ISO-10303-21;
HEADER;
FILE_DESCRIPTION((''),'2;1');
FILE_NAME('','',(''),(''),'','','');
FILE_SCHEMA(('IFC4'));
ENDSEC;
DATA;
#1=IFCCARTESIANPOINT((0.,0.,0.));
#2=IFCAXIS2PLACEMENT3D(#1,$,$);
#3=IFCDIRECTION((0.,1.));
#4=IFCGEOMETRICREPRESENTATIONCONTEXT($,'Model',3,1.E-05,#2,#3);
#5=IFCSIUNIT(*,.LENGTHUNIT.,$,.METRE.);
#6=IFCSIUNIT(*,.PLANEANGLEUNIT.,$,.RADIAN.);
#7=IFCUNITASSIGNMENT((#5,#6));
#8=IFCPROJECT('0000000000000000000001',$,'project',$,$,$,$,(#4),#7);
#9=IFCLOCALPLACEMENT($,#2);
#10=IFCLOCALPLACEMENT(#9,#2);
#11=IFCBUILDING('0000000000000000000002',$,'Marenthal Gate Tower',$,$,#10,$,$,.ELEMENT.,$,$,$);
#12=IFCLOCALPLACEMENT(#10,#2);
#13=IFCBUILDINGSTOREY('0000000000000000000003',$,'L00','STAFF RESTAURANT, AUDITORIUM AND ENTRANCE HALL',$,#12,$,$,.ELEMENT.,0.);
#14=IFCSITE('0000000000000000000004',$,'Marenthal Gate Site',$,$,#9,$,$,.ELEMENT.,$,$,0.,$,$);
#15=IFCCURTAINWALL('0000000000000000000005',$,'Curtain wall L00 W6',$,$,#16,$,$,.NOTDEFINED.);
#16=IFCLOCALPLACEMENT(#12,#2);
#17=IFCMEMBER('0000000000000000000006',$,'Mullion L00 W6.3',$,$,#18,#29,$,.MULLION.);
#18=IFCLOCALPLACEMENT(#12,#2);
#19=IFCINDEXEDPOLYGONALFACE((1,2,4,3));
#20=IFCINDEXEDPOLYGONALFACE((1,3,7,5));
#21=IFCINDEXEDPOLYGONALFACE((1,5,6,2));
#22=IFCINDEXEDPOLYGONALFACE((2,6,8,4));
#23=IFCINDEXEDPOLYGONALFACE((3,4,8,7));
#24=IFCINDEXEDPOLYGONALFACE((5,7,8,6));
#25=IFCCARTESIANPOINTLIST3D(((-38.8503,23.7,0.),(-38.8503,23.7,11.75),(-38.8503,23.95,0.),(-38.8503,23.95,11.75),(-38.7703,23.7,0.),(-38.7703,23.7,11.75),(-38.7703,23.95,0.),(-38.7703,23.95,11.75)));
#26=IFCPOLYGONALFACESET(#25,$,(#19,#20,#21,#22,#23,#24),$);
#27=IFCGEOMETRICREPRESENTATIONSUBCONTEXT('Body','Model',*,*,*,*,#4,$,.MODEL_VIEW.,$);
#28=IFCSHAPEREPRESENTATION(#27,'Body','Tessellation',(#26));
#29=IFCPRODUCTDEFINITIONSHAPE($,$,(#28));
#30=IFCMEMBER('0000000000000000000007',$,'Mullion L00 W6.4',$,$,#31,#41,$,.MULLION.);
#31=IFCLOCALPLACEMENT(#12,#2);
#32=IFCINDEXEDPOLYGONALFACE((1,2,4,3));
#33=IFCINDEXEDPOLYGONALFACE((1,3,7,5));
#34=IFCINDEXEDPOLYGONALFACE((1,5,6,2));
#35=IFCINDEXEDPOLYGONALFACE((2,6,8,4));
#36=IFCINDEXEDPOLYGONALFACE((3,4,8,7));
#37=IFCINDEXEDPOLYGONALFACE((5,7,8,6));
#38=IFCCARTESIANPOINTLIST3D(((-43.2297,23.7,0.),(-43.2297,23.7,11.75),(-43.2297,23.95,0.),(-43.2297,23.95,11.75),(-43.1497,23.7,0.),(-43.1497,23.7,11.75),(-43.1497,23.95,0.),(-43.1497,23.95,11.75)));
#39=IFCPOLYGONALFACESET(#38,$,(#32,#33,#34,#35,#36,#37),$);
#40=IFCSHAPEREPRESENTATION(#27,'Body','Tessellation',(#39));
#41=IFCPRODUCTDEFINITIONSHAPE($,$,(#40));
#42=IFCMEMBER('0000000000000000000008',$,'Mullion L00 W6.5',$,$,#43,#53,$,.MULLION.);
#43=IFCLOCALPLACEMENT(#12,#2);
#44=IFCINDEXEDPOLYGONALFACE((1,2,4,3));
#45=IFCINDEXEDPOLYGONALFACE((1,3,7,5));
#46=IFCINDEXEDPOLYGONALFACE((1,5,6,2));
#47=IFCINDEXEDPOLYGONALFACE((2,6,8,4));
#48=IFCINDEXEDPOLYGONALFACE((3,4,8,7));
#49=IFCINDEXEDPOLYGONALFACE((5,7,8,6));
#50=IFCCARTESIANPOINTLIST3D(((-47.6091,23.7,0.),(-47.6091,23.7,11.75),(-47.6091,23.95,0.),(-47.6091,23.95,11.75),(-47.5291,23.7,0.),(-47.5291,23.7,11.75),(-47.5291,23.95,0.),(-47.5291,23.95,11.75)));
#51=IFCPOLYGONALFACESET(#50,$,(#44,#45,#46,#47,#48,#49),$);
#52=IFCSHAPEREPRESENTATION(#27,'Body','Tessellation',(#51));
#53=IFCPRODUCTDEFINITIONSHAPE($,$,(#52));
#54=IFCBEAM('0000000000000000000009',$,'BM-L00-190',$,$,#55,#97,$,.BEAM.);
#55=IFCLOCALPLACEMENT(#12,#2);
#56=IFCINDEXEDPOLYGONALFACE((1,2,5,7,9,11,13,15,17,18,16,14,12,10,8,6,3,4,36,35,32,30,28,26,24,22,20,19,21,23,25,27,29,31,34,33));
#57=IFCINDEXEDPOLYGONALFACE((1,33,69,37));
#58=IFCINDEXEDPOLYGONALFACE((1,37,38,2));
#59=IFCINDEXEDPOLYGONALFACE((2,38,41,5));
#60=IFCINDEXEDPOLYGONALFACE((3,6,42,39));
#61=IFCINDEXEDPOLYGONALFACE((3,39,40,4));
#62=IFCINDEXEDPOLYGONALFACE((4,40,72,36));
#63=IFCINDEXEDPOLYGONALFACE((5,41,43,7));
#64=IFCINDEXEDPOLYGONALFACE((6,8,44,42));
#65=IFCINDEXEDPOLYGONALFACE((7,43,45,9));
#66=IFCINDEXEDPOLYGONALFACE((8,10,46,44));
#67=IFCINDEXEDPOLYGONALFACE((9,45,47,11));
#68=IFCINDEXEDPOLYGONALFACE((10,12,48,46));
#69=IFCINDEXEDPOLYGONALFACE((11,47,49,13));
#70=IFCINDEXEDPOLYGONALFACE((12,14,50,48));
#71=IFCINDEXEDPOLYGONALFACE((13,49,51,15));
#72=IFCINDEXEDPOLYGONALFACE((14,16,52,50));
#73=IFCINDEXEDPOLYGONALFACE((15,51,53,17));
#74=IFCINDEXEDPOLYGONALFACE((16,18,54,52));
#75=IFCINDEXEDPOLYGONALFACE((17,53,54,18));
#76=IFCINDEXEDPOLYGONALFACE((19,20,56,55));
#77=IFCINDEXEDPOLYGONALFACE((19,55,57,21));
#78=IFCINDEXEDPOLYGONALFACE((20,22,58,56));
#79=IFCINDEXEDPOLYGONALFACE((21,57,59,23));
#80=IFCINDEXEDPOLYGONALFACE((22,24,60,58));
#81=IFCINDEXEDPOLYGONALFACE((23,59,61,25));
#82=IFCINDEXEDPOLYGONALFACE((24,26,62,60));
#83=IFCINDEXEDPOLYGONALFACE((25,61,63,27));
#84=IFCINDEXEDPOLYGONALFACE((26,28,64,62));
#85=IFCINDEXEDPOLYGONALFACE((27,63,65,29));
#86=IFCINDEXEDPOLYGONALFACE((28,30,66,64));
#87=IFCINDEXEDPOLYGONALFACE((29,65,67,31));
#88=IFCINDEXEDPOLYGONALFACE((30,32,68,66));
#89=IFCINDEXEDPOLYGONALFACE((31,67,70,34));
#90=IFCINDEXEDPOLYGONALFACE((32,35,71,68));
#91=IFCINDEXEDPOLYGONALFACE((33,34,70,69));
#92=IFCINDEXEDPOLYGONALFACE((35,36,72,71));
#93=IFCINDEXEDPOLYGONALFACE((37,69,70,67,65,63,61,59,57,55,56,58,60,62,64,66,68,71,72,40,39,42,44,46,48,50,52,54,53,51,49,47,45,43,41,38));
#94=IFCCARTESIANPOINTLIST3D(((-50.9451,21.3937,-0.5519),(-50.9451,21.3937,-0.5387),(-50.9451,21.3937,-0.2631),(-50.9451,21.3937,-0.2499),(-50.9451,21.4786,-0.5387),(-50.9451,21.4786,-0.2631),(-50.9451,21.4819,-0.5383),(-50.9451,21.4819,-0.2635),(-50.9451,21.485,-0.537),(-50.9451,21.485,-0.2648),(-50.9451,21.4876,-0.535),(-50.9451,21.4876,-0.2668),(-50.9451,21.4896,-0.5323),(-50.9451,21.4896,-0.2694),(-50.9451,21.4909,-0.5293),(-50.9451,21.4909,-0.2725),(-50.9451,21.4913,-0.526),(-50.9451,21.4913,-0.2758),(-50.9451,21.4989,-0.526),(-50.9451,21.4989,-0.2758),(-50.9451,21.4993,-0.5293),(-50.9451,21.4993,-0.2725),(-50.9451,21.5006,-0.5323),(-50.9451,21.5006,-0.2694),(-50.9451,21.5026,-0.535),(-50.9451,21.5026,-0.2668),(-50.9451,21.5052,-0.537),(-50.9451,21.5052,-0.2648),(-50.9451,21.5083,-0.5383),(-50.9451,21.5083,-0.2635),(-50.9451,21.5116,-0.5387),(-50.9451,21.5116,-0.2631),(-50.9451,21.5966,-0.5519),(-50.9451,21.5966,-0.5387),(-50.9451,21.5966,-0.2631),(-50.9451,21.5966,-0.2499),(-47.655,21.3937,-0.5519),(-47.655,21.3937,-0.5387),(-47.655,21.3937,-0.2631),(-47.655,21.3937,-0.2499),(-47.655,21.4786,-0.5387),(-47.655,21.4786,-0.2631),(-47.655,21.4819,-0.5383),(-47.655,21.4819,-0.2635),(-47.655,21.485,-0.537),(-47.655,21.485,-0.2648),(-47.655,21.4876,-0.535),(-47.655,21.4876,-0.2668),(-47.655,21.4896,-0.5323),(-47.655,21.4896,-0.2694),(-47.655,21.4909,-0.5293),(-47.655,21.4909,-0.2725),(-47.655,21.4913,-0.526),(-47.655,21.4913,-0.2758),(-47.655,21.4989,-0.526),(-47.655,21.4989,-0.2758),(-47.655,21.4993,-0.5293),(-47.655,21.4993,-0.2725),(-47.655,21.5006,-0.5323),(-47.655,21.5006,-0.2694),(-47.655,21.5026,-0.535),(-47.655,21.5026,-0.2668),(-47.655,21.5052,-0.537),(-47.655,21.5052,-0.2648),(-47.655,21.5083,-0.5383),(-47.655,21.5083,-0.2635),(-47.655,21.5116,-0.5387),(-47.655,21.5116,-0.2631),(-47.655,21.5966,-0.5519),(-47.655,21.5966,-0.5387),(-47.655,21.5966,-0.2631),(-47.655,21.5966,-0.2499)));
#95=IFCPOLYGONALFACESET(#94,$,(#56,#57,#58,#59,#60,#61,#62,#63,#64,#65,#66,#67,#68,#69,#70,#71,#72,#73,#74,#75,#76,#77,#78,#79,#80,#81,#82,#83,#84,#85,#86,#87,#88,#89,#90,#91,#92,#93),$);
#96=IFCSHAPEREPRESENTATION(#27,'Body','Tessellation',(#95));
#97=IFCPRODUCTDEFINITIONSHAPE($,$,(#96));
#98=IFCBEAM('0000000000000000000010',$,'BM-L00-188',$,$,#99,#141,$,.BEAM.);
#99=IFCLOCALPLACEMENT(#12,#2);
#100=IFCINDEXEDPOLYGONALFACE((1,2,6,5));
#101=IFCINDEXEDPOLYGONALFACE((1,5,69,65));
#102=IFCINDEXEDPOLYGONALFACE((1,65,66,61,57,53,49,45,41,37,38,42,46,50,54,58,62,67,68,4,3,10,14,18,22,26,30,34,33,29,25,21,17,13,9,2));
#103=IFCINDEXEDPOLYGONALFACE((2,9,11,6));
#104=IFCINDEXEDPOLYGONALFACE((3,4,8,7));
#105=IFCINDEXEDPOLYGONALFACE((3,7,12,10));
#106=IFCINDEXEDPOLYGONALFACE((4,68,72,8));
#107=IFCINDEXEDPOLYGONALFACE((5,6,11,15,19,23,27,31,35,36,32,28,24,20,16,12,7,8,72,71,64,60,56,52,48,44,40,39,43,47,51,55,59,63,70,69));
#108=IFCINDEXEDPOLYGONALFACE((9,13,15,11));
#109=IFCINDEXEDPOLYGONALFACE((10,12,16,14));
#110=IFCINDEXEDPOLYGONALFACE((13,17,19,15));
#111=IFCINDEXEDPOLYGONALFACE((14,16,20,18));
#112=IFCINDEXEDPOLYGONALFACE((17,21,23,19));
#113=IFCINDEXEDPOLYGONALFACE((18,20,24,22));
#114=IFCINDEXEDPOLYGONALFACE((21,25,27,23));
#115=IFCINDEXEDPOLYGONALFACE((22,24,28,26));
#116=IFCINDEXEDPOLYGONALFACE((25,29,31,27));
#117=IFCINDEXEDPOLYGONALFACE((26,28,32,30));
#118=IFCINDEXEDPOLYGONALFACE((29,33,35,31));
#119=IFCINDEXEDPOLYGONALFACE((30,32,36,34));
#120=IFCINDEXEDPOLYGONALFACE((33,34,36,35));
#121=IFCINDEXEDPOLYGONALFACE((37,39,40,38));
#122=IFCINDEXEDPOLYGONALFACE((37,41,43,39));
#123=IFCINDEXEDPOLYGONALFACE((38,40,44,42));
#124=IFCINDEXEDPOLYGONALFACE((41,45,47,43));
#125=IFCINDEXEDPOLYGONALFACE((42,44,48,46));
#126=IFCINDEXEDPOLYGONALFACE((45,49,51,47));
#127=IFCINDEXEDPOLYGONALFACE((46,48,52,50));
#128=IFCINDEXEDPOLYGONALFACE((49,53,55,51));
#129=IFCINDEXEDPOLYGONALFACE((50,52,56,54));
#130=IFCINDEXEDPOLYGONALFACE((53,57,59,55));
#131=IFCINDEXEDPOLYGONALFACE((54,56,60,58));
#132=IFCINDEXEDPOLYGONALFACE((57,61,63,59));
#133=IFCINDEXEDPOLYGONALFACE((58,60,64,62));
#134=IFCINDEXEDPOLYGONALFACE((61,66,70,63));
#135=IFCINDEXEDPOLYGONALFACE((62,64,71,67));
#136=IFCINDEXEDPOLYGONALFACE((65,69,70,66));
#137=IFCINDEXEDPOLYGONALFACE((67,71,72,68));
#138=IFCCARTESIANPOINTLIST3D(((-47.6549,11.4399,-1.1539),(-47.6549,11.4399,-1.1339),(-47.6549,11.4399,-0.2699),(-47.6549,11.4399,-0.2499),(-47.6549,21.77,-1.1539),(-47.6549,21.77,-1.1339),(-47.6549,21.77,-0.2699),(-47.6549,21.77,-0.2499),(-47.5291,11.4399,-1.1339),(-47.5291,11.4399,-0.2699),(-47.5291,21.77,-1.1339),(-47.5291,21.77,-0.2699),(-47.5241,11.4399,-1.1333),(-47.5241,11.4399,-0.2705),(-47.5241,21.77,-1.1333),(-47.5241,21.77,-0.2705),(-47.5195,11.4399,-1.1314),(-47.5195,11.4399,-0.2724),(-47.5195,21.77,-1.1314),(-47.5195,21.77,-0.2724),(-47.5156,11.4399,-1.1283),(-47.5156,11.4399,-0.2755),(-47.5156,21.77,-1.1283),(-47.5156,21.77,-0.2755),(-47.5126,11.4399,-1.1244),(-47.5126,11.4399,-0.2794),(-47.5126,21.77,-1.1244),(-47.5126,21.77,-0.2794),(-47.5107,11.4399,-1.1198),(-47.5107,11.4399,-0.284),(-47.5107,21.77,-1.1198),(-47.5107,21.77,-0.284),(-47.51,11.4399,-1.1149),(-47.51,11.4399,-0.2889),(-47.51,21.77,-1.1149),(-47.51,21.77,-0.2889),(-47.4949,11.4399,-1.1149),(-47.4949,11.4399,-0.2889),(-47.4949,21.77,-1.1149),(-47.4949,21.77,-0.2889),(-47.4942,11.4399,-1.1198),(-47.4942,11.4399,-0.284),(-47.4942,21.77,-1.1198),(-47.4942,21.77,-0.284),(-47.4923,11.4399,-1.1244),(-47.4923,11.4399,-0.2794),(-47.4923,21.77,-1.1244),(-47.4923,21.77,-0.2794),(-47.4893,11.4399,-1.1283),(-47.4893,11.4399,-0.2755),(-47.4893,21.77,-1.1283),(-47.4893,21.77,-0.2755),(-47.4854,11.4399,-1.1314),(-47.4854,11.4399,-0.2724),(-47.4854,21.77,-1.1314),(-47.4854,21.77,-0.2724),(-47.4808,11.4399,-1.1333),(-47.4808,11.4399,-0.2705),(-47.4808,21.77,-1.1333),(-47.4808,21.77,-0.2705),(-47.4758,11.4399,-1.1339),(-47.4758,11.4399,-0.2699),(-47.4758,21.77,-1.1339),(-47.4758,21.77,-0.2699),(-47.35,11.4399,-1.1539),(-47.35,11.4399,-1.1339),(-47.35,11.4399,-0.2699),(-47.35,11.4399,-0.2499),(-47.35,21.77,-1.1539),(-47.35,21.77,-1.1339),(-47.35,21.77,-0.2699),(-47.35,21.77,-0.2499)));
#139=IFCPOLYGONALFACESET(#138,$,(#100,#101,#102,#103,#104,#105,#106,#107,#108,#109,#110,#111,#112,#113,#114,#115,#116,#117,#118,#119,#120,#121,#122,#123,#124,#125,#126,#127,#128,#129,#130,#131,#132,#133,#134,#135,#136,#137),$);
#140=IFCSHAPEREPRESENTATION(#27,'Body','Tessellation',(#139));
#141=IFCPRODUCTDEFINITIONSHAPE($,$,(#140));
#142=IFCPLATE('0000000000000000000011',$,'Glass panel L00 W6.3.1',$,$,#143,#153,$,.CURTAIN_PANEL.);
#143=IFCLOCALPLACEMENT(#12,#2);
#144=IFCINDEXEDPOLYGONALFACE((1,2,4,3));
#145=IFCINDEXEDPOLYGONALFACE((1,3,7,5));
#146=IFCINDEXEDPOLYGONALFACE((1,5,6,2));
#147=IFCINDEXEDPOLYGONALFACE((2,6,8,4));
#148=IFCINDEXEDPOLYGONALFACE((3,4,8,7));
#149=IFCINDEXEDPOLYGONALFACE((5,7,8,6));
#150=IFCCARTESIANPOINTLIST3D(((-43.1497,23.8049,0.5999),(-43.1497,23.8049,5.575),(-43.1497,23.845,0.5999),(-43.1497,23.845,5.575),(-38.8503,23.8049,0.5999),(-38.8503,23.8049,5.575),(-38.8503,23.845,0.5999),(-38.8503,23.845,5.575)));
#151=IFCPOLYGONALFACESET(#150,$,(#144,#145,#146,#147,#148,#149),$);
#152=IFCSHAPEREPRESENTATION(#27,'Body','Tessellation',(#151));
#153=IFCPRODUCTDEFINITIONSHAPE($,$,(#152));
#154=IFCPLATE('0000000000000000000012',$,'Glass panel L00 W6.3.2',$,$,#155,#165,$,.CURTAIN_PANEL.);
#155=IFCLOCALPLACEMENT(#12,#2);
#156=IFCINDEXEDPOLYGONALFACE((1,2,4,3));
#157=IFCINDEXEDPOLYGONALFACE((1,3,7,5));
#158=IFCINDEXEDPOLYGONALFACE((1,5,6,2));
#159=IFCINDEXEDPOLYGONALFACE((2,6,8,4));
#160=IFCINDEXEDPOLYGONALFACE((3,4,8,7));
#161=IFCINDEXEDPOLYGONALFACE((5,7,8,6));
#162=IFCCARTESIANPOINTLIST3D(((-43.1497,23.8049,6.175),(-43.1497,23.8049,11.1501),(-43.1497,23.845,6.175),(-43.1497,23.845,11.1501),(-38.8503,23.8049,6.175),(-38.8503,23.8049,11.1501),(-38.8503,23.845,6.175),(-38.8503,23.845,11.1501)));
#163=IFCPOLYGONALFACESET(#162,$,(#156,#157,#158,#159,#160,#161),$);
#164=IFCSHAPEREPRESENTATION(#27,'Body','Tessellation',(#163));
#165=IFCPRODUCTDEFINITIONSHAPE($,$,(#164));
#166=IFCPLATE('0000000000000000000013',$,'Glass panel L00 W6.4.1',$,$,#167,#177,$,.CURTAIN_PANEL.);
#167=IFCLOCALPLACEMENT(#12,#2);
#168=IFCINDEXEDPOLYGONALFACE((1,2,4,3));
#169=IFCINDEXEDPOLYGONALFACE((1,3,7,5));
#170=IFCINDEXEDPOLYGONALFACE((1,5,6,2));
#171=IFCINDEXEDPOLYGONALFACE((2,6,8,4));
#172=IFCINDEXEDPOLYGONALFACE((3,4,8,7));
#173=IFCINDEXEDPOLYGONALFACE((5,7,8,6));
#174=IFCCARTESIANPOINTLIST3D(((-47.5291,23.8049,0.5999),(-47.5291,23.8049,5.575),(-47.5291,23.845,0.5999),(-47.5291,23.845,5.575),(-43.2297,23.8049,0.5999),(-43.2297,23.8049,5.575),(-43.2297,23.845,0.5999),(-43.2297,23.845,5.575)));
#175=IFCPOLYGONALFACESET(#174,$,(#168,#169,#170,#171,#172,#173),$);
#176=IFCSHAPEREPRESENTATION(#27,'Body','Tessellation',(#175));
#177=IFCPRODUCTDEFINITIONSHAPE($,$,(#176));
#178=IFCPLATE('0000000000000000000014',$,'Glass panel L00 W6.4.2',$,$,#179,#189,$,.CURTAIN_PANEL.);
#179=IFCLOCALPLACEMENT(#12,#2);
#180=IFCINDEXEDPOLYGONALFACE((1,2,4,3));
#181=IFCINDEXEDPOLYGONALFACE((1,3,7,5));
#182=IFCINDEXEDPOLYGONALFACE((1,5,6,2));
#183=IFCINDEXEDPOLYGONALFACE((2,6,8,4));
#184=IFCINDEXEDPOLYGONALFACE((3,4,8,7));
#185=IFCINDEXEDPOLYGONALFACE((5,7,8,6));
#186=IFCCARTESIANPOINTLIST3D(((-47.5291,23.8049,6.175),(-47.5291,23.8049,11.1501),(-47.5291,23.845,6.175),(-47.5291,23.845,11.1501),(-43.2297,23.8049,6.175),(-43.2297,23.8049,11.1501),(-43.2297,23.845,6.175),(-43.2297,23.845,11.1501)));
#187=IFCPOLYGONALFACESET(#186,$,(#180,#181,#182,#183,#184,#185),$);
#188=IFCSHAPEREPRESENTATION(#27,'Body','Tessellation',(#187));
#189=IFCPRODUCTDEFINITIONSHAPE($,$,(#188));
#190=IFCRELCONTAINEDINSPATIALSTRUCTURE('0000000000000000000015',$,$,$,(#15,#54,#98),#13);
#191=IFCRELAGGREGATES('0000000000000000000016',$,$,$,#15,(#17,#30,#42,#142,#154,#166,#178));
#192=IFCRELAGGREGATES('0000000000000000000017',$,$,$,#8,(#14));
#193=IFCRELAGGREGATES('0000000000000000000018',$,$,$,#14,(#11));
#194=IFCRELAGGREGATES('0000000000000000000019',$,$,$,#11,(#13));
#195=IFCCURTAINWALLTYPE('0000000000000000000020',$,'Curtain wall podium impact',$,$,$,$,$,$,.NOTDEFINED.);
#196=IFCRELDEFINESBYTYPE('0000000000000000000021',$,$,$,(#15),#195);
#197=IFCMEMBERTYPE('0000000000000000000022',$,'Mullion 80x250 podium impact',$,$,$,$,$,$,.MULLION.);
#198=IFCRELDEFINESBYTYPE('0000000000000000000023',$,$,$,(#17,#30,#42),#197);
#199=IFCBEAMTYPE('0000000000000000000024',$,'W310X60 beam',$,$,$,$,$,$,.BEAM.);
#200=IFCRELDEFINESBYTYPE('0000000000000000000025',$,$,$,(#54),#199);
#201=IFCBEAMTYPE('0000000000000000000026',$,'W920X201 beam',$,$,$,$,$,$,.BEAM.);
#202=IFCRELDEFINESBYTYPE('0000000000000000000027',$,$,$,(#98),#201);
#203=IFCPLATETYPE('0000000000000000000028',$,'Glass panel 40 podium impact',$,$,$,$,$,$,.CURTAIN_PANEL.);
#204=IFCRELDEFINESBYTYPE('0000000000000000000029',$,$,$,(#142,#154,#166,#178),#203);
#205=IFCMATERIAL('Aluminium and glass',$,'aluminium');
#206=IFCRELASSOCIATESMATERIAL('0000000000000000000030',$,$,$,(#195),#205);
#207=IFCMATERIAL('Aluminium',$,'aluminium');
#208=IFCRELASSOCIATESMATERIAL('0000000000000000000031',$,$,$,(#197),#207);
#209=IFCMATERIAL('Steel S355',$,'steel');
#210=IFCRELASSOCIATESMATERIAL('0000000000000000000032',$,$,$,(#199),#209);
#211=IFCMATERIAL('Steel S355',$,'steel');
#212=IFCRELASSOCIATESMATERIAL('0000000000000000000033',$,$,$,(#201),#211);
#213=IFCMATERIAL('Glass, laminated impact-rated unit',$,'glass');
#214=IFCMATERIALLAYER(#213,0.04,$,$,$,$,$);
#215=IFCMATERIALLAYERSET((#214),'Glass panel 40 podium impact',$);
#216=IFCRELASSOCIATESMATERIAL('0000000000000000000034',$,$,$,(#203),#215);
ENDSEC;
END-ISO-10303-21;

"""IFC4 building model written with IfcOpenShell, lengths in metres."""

from ifc_helpers import new_model, si_unit, direction, frame, origin, origin_2d, place, context, subcontext, project, spatial, rectangle, i_section, extrude, material, layer, layer_set, material_profile, profile_set, type_object, element, aggregate, save


model = new_model("IFC4")

# Units and contexts
model_context = context("Model", 3, precision=1e-05, world=origin(), true_north=direction((0.0, 1.0)))
body_context = subcontext(model_context, "Body", "Model", "MODEL_VIEW")
ifc_project = project(units=[si_unit("LENGTHUNIT", "METRE"), si_unit("PLANEANGLEUNIT", "RADIAN")], contexts=[model_context])

# Site, building, storey
site_placement = place(None, origin())
site = spatial("IfcSite", under=ifc_project, at=site_placement, Name="Marenthal Gate Site", CompositionType="ELEMENT", RefElevation=0.0)
building_placement = place(site_placement, origin())
building = spatial("IfcBuilding", under=site, at=building_placement, Name="Marenthal Gate Tower", CompositionType="ELEMENT")
storey_placement = place(building_placement, origin())
storey = spatial("IfcBuildingStorey", under=building, at=storey_placement, Name="L00", Description="STAFF RESTAURANT, AUDITORIUM AND ENTRANCE HALL", CompositionType="ELEMENT", Elevation=0.0)

# Curtain wall, members
ifc_material_1 = material(Name="Aluminium and glass", Category="aluminium")
curtain_wall_type = type_object("IfcCurtainWallType", Name="Curtain wall podium impact", PredefinedType="NOTDEFINED", material=ifc_material_1)
curtain_wall_placement = place(storey_placement, origin())
curtain_wall = element("IfcCurtainWall", 1, at=curtain_wall_placement, inside=storey, type_object=curtain_wall_type, Name="Curtain wall L00 W6", PredefinedType="NOTDEFINED")
ifc_material_2 = material(Name="Aluminium", Category="aluminium")
ifc_material_profile_1 = material_profile(ifc_material_2, rectangle(XDim=0.25, YDim=0.0801, at=origin_2d()), Name="80x250 aluminium mullion")
ifc_profile_set_1 = profile_set([ifc_material_profile_1], Name="Aluminium")
member_type = type_object("IfcMemberType", Name="Mullion 80x250 podium impact", PredefinedType="MULLION", material=ifc_profile_set_1)
member_1_placement = place(storey_placement, frame((-38.8103, 23.825, 0.0), z_axis=(0.0, 0.0, 1.0), x_axis=(0.0, -1.0, 0.0)))
member_1 = element("IfcMember", 2, at=member_1_placement, type_object=member_type, Name="Mullion L00 W6.3", PredefinedType="MULLION", context=body_context, shape_type="SweptSolid", body=[
    extrude(rectangle(XDim=0.25, YDim=0.0801, at=origin_2d()), origin(), (0.0, 0.0, 1.0), 11.75),
])
member_2_placement = place(storey_placement, frame((-43.1897, 23.825, 0.0), z_axis=(0.0, 0.0, 1.0), x_axis=(0.0, -1.0, 0.0)))
member_2 = element("IfcMember", 3, at=member_2_placement, type_object=member_type, Name="Mullion L00 W6.4", PredefinedType="MULLION", context=body_context, shape_type="SweptSolid", body=[
    extrude(rectangle(XDim=0.25, YDim=0.0801, at=origin_2d()), origin(), (0.0, 0.0, 1.0), 11.75),
])
member_3_placement = place(storey_placement, frame((-47.5691, 23.825, 0.0), z_axis=(0.0, 0.0, 1.0), x_axis=(0.0, -1.0, 0.0)))
member_3 = element("IfcMember", 4, at=member_3_placement, type_object=member_type, Name="Mullion L00 W6.5", PredefinedType="MULLION", context=body_context, shape_type="SweptSolid", body=[
    extrude(rectangle(XDim=0.25, YDim=0.0801, at=origin_2d()), origin(), (0.0, 0.0, 1.0), 11.75),
])

# Beams
ifc_material_3 = material(Name="Steel S355", Category="steel")
ifc_material_profile_2 = material_profile(ifc_material_3, i_section(OverallWidth=0.2029, OverallDepth=0.302, WebThickness=0.0076, FlangeThickness=0.0132, FilletRadius=0.0127, at=origin_2d()), Name="W310X60")
ifc_profile_set_2 = profile_set([ifc_material_profile_2], Name="Steel S355")
beam_type_1 = type_object("IfcBeamType", Name="W310X60 beam", PredefinedType="BEAM", material=ifc_profile_set_2)
beam_1_placement = place(storey_placement, frame((-50.9451, 21.4951, -0.4009), z_axis=(1.0, 0.0, 0.0), x_axis=(0.0, 1.0, 0.0)))
element("IfcBeam", 5, at=beam_1_placement, inside=storey, type_object=beam_type_1, Name="BM-L00-190", PredefinedType="BEAM", context=body_context, shape_type="SweptSolid", body=[
    extrude(i_section(OverallWidth=0.2029, OverallDepth=0.302, WebThickness=0.0076, FlangeThickness=0.0132, FilletRadius=0.0127, at=origin_2d()), origin(), (0.0, 0.0, 1.0), 3.29),
])
ifc_material_4 = material(Name="Steel S355", Category="steel")
ifc_material_profile_3 = material_profile(ifc_material_4, i_section(OverallWidth=0.3049, OverallDepth=0.9041, WebThickness=0.0151, FlangeThickness=0.02, FilletRadius=0.019, at=origin_2d()), Name="W920X201")
ifc_profile_set_3 = profile_set([ifc_material_profile_3], Name="Steel S355")
beam_type_2 = type_object("IfcBeamType", Name="W920X201 beam", PredefinedType="BEAM", material=ifc_profile_set_3)
beam_2_placement = place(storey_placement, frame((-47.5024, 11.4399, -0.7019), z_axis=(0.0, 1.0, 0.0), x_axis=(-1.0, 0.0, 0.0)))
element("IfcBeam", 6, at=beam_2_placement, inside=storey, type_object=beam_type_2, Name="BM-L00-188", PredefinedType="BEAM", context=body_context, shape_type="SweptSolid", body=[
    extrude(i_section(OverallWidth=0.3049, OverallDepth=0.9041, WebThickness=0.0151, FlangeThickness=0.02, FilletRadius=0.019, at=origin_2d()), origin(), (0.0, 0.0, 1.0), 10.3301),
])

# Plates
ifc_material_5 = material(Name="Glass, laminated impact-rated unit", Category="glass")
ifc_layer_1 = layer(ifc_material_5, 0.04)
ifc_layer_set_1 = layer_set([ifc_layer_1], Name="Glass panel 40 podium impact")
plate_type = type_object("IfcPlateType", Name="Glass panel 40 podium impact", PredefinedType="CURTAIN_PANEL", material=ifc_layer_set_1)
plate_1_placement = place(storey_placement, frame((-41.0, 23.825, 0.5999), z_axis=(0.0, 0.0, 1.0), x_axis=(-1.0, 0.0, 0.0)))
plate_1 = element("IfcPlate", 7, at=plate_1_placement, type_object=plate_type, Name="Glass panel L00 W6.3.1", PredefinedType="CURTAIN_PANEL", context=body_context, shape_type="SweptSolid", body=[
    extrude(rectangle(XDim=4.2993, YDim=0.04, at=origin_2d()), origin(), (0.0, 0.0, 1.0), 4.9751),
])
plate_2_placement = place(storey_placement, frame((-41.0, 23.825, 6.175), z_axis=(0.0, 0.0, 1.0), x_axis=(-1.0, 0.0, 0.0)))
plate_2 = element("IfcPlate", 8, at=plate_2_placement, type_object=plate_type, Name="Glass panel L00 W6.3.2", PredefinedType="CURTAIN_PANEL", context=body_context, shape_type="SweptSolid", body=[
    extrude(rectangle(XDim=4.2993, YDim=0.04, at=origin_2d()), origin(), (0.0, 0.0, 1.0), 4.9751),
])
plate_3_placement = place(storey_placement, frame((-45.3794, 23.825, 0.5999), z_axis=(0.0, 0.0, 1.0), x_axis=(-1.0, 0.0, 0.0)))
plate_3 = element("IfcPlate", 9, at=plate_3_placement, type_object=plate_type, Name="Glass panel L00 W6.4.1", PredefinedType="CURTAIN_PANEL", context=body_context, shape_type="SweptSolid", body=[
    extrude(rectangle(XDim=4.2993, YDim=0.04, at=origin_2d()), origin(), (0.0, 0.0, 1.0), 4.9751),
])
plate_4_placement = place(storey_placement, frame((-45.3794, 23.825, 6.175), z_axis=(0.0, 0.0, 1.0), x_axis=(-1.0, 0.0, 0.0)))
plate_4 = element("IfcPlate", 10, at=plate_4_placement, type_object=plate_type, Name="Glass panel L00 W6.4.2", PredefinedType="CURTAIN_PANEL", context=body_context, shape_type="SweptSolid", body=[
    extrude(rectangle(XDim=4.2993, YDim=0.04, at=origin_2d()), origin(), (0.0, 0.0, 1.0), 4.9751),
])
aggregate(curtain_wall, [member_1, member_2, member_3, plate_1, plate_2, plate_3, plate_4])

save(model, "model.ifc")
